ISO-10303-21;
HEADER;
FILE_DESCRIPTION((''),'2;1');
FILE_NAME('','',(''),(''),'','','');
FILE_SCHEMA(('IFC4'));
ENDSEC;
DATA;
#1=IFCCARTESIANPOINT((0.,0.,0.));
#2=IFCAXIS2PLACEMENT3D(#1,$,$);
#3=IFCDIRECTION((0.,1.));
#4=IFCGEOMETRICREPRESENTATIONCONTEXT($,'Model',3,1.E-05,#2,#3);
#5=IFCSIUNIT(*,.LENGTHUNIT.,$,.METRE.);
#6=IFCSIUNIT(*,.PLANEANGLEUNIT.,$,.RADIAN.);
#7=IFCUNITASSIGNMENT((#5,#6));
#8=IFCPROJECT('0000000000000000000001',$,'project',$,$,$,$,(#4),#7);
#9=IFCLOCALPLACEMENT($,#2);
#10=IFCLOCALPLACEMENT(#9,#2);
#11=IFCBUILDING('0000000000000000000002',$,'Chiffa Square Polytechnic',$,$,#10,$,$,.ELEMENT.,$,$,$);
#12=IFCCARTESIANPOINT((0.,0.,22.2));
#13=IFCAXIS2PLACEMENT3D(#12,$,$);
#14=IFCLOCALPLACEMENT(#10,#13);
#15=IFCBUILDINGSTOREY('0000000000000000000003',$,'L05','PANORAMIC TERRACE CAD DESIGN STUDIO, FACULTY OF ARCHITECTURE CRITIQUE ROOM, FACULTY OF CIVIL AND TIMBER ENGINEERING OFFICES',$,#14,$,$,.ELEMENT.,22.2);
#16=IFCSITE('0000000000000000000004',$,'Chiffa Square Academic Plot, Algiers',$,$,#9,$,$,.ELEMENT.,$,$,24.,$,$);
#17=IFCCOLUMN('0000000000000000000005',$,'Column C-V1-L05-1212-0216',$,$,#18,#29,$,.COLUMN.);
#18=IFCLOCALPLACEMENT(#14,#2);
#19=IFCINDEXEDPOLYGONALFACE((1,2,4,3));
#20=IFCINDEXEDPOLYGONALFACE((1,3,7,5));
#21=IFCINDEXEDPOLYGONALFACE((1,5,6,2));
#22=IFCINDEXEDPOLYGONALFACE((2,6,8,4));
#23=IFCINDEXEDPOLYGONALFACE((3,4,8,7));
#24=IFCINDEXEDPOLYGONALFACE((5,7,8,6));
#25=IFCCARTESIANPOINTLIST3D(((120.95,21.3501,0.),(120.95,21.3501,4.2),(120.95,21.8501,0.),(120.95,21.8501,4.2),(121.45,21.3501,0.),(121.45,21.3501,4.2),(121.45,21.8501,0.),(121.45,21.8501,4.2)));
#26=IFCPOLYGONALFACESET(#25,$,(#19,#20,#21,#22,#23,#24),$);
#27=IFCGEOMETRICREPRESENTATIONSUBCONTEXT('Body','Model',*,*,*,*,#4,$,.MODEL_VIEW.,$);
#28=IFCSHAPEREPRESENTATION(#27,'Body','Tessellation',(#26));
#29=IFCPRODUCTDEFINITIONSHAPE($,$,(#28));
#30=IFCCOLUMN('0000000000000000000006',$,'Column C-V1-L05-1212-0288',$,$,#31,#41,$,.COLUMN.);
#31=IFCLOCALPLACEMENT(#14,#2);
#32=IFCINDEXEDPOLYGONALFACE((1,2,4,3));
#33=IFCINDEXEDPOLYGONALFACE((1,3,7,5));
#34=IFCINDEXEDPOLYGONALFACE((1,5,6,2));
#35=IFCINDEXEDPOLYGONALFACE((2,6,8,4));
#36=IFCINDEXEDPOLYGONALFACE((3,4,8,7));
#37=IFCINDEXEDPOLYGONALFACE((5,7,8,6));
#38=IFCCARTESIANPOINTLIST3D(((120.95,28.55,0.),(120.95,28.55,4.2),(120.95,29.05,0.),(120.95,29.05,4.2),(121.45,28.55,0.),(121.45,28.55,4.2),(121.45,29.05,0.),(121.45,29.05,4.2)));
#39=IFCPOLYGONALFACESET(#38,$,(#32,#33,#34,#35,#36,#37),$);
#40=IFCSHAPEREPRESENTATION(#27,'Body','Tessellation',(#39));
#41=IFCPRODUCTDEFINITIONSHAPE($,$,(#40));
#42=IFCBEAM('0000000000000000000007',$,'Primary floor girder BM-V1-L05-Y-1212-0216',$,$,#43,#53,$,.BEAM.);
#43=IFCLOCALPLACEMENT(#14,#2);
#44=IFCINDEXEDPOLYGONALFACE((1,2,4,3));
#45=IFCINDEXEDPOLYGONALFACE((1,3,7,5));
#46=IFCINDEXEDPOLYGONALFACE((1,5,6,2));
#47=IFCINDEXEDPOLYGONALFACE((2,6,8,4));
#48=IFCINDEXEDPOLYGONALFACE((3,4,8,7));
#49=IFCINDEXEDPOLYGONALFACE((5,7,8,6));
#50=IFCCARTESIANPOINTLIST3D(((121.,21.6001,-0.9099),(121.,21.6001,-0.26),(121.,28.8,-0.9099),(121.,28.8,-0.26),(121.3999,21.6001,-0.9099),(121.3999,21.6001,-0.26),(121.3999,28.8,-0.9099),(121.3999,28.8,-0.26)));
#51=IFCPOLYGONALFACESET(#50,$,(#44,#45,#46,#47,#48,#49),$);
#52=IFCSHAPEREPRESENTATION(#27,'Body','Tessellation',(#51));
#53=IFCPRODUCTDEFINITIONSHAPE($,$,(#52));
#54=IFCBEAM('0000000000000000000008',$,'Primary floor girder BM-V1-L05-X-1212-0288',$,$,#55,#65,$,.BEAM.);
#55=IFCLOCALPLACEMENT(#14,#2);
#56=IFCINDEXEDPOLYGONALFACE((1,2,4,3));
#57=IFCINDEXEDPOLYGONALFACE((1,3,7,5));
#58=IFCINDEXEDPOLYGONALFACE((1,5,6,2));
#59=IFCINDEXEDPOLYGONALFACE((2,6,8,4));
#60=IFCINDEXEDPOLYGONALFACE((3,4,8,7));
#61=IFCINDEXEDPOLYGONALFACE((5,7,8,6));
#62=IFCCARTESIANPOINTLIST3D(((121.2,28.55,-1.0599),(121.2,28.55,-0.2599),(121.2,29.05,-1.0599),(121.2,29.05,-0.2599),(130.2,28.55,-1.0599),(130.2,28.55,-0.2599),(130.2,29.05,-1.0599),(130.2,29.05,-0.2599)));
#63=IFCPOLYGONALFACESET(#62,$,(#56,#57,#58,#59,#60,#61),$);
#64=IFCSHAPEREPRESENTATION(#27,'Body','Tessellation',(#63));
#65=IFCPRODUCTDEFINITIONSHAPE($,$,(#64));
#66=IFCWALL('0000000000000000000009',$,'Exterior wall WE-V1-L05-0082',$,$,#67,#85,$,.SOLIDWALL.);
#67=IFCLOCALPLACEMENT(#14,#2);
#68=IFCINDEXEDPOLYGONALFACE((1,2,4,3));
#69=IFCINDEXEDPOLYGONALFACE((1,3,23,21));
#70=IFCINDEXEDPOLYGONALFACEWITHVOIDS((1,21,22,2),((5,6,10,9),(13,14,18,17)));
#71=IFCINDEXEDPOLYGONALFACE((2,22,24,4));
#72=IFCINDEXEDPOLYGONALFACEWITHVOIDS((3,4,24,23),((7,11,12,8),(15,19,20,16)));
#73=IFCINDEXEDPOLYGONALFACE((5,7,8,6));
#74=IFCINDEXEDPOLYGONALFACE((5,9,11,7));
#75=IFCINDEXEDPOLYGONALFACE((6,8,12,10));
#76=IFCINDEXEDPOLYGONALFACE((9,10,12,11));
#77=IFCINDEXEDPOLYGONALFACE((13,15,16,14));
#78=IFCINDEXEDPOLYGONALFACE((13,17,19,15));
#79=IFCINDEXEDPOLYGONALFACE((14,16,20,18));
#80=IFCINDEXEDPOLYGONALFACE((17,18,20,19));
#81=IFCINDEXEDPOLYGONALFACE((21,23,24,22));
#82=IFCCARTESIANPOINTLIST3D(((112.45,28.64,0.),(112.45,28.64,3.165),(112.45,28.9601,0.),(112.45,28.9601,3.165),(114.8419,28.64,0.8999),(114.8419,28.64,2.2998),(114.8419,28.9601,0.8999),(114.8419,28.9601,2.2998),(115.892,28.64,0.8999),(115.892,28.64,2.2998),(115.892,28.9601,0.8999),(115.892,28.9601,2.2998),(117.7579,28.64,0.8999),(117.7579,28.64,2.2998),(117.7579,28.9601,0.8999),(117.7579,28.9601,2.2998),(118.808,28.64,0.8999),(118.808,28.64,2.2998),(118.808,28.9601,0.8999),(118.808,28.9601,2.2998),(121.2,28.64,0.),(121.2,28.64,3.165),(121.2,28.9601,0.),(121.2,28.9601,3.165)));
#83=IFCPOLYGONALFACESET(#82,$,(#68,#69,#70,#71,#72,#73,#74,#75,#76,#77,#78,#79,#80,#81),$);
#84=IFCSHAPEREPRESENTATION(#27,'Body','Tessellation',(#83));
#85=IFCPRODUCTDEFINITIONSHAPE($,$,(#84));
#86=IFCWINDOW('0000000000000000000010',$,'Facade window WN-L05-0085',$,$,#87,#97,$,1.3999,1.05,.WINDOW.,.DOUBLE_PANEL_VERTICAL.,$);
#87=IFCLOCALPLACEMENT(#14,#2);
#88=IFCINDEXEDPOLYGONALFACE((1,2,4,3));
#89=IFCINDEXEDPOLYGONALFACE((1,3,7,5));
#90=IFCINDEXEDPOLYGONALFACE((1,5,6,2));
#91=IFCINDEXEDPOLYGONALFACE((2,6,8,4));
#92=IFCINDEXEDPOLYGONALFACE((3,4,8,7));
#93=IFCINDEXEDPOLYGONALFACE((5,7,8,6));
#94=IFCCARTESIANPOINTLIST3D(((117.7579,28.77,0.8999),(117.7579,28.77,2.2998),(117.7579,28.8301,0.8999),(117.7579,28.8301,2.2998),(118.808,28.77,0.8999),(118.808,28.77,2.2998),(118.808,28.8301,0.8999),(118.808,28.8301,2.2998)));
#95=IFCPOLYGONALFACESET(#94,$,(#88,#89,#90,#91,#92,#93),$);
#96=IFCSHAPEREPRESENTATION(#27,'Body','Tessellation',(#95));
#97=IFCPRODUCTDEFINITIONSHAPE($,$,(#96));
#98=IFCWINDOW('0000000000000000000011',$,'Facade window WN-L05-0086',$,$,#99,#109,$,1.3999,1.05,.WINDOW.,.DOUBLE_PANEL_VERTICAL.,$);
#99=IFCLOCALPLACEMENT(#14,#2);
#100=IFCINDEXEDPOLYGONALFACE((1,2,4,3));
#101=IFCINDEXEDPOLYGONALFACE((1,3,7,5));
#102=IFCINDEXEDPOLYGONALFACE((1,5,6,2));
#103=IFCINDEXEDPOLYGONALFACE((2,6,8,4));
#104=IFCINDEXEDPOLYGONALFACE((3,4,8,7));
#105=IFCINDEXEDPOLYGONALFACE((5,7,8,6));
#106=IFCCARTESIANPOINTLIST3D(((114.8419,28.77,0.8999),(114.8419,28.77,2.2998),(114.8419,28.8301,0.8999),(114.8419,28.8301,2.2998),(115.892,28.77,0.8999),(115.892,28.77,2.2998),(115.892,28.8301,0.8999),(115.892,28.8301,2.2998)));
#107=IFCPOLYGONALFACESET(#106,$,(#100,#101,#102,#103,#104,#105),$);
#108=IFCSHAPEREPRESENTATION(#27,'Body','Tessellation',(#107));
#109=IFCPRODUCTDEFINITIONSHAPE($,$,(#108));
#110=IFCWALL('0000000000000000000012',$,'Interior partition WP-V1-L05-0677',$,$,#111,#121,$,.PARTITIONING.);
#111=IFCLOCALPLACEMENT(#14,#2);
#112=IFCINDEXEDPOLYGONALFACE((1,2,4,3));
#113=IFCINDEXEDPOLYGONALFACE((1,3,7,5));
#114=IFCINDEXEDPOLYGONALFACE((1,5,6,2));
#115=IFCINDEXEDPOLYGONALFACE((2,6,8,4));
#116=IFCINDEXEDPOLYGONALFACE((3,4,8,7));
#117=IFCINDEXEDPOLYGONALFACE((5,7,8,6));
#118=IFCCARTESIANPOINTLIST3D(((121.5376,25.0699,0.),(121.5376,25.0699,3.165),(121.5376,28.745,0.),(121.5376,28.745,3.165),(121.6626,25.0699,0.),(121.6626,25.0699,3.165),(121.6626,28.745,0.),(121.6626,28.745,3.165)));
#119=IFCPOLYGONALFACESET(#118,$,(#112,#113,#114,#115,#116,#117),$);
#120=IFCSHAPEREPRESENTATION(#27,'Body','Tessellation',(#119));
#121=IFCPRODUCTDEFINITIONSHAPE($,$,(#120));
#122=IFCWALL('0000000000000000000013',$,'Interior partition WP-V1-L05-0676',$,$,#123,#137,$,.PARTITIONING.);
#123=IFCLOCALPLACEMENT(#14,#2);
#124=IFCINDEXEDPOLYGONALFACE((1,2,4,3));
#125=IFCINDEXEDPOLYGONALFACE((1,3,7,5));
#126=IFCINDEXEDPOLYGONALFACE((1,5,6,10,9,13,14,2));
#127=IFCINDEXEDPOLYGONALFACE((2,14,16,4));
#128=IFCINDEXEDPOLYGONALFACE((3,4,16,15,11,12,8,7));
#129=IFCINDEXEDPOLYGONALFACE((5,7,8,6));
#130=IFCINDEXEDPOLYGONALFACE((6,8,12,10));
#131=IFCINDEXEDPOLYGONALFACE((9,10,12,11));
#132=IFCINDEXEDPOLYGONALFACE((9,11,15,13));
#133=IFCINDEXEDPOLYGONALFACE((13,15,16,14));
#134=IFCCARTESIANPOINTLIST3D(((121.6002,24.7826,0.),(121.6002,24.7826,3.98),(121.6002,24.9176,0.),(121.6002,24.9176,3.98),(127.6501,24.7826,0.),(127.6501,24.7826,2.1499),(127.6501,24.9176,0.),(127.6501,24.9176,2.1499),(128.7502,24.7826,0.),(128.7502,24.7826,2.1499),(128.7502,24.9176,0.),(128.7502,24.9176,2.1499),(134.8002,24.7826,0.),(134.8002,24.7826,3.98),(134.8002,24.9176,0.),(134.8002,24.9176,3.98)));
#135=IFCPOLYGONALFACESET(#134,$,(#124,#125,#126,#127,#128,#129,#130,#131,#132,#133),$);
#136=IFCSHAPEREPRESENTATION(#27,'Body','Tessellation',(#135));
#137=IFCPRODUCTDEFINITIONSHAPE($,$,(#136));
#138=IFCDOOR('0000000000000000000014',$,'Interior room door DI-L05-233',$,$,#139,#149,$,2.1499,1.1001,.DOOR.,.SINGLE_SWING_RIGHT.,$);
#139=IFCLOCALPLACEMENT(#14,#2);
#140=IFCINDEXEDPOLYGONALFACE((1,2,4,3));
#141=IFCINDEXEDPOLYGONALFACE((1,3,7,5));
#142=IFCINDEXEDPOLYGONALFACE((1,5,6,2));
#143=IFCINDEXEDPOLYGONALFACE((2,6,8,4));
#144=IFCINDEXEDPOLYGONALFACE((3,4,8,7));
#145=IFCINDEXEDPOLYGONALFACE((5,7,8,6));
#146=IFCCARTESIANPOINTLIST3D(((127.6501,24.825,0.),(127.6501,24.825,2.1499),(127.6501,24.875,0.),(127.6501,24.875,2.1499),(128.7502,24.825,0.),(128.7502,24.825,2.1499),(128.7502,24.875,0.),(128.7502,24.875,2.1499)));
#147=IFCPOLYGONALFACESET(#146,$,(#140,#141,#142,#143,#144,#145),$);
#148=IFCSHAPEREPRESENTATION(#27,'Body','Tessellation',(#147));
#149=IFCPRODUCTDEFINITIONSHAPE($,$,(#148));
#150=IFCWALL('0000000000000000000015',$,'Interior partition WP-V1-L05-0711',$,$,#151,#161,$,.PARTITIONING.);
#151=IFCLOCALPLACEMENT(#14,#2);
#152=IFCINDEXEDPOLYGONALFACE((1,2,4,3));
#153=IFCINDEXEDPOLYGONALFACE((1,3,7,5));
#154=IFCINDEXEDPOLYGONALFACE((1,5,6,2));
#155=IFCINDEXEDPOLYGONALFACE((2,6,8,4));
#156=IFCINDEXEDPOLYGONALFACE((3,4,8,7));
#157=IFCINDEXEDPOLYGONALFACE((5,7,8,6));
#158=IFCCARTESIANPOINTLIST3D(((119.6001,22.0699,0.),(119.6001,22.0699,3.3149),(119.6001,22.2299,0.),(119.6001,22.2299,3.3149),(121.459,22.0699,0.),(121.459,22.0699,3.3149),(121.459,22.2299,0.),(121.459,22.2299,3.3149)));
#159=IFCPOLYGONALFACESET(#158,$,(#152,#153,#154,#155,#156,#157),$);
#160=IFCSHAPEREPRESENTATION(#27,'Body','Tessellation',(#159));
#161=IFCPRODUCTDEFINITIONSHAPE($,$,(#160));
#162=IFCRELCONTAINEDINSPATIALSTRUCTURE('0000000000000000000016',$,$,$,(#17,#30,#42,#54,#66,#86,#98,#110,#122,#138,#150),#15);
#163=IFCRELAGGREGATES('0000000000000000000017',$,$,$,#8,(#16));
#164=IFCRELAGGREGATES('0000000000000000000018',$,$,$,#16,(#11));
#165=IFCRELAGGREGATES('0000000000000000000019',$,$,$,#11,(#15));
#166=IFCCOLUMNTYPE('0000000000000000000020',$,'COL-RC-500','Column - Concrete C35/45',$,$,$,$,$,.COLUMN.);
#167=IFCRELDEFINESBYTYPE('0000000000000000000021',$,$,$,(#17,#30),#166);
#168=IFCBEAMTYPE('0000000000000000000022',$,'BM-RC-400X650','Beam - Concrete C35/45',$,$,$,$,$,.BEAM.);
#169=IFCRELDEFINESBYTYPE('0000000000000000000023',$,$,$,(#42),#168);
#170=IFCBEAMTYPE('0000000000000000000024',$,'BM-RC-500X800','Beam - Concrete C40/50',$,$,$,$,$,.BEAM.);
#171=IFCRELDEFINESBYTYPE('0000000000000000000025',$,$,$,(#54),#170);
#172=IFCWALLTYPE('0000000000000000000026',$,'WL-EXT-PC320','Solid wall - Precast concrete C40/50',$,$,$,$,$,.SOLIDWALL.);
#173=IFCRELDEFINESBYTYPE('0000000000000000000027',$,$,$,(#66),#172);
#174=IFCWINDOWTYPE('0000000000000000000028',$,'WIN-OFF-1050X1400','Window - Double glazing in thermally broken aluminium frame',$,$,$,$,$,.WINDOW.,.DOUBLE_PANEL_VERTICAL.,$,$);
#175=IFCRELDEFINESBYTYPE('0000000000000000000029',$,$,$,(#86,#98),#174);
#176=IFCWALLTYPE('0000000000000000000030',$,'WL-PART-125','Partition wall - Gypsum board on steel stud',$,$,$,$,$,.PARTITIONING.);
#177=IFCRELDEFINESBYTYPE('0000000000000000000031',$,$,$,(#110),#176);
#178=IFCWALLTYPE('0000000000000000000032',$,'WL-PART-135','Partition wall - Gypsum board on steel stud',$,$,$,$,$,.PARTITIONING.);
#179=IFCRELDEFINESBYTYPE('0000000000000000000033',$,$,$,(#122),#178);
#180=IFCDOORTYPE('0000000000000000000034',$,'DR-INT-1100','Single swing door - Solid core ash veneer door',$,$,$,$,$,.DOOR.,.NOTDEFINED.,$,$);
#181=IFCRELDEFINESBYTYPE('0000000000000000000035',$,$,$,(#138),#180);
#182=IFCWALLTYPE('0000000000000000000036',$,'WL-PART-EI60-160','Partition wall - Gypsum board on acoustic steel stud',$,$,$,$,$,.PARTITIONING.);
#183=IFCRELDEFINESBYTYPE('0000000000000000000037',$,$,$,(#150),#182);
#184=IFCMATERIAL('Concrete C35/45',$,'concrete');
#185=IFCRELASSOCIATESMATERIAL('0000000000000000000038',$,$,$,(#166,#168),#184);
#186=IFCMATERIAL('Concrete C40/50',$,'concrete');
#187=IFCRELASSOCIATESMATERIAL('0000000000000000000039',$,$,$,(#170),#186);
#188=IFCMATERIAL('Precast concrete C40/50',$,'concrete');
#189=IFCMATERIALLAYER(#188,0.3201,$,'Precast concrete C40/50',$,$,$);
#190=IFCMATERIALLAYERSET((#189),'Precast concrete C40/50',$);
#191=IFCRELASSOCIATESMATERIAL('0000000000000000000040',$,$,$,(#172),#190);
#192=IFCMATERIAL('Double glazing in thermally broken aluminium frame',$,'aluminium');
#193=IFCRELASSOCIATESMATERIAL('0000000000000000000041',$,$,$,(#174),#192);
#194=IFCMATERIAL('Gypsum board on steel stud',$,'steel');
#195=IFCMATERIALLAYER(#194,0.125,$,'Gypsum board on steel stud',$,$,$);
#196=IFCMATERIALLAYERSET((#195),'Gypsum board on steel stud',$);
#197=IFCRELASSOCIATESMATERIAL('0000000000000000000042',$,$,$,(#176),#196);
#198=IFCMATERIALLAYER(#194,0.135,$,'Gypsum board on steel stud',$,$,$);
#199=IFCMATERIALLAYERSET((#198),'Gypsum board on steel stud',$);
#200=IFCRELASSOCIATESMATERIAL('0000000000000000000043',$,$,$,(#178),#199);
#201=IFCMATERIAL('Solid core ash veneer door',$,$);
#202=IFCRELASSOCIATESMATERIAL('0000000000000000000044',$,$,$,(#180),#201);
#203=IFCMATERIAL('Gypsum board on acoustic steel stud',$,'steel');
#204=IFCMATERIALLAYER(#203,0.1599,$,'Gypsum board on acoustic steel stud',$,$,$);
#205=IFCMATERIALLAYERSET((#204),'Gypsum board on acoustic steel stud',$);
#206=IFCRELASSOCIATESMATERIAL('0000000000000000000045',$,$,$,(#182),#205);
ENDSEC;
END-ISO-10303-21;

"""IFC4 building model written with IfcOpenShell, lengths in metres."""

from ifc_helpers import new_model, si_unit, direction, frame, frame_2d, origin, origin_2d, place, context, subcontext, project, spatial, rectangle, extrude, material, layer, layer_set, material_profile, profile_set, type_object, element, fill, save


model = new_model("IFC4")

# Units and contexts
model_context = context("Model", 3, precision=1e-05, world=origin(), true_north=direction((0.0, 1.0)))
body_context = subcontext(model_context, "Body", "Model", "MODEL_VIEW")
ifc_project = project(units=[si_unit("LENGTHUNIT", "METRE"), si_unit("PLANEANGLEUNIT", "RADIAN")], contexts=[model_context])

# Site, building, storey
site_placement = place(None, origin())
site = spatial("IfcSite", under=ifc_project, at=site_placement, Name="Chiffa Square Academic Plot, Algiers", CompositionType="ELEMENT", RefElevation=24.0)
building_placement = place(site_placement, origin())
building = spatial("IfcBuilding", under=site, at=building_placement, Name="Chiffa Square Polytechnic", CompositionType="ELEMENT")
storey_placement = place(building_placement, frame((0.0, 0.0, 22.2)))
storey = spatial("IfcBuildingStorey", under=building, at=storey_placement, Name="L05", Description="PANORAMIC TERRACE CAD DESIGN STUDIO, FACULTY OF ARCHITECTURE CRITIQUE ROOM, FACULTY OF CIVIL AND TIMBER ENGINEERING OFFICES", CompositionType="ELEMENT", Elevation=22.2)

# Columns
ifc_material_1 = material(Name="Concrete C35/45", Category="concrete")
ifc_material_profile_1 = material_profile(ifc_material_1, rectangle(XDim=0.5, YDim=0.5, at=origin_2d()), Name="RC 500x500")
ifc_profile_set_1 = profile_set([ifc_material_profile_1], Name="Concrete C35/45")
column_type = type_object("IfcColumnType", Name="COL-RC-500", Description="Column - Concrete C35/45", PredefinedType="COLUMN", material=ifc_profile_set_1)
for number, where, z_axis, x_axis, name in (
    (1, (121.2, 21.6001, 0.0), (0.0, 0.0, 1.0), (1.0, 0.0, 0.0), "Column C-V1-L05-1212-0216"),
    (2, (121.2, 28.8, 0.0), (0.0, 0.0, 1.0), (1.0, 0.0, 0.0), "Column C-V1-L05-1212-0288"),
):
    element("IfcColumn", number, at=place(storey_placement, frame(where, z_axis=z_axis, x_axis=x_axis)), inside=storey, type_object=column_type, Name=name, PredefinedType="COLUMN", context=body_context, shape_type="SweptSolid", body=[
        extrude(rectangle(XDim=0.5, YDim=0.5, at=origin_2d()), origin(), (0.0, 0.0, 1.0), 4.2),
    ])

# Beams
ifc_material_profile_2 = material_profile(ifc_material_1, rectangle(XDim=0.3999, YDim=0.6499, at=origin_2d()), Name="RC 400x650")
ifc_profile_set_2 = profile_set([ifc_material_profile_2], Name="Concrete C35/45")
beam_type_1 = type_object("IfcBeamType", Name="BM-RC-400X650", Description="Beam - Concrete C35/45", PredefinedType="BEAM", material=ifc_profile_set_2)
beam_1_placement = place(storey_placement, frame((121.2, 21.6001, -0.585), z_axis=(0.0, 1.0, 0.0), x_axis=(-1.0, 0.0, 0.0)))
element("IfcBeam", 3, at=beam_1_placement, inside=storey, type_object=beam_type_1, Name="Primary floor girder BM-V1-L05-Y-1212-0216", PredefinedType="BEAM", context=body_context, shape_type="SweptSolid", body=[
    extrude(rectangle(XDim=0.3999, YDim=0.6499, at=origin_2d()), origin(), (0.0, 0.0, 1.0), 7.2),
])
ifc_material_2 = material(Name="Concrete C40/50", Category="concrete")
ifc_material_profile_3 = material_profile(ifc_material_2, rectangle(XDim=0.5, YDim=0.8, at=origin_2d()), Name="RC 500x800")
ifc_profile_set_3 = profile_set([ifc_material_profile_3], Name="Concrete C40/50")
beam_type_2 = type_object("IfcBeamType", Name="BM-RC-500X800", Description="Beam - Concrete C40/50", PredefinedType="BEAM", material=ifc_profile_set_3)
beam_2_placement = place(storey_placement, frame((121.2, 28.8, -0.6599), z_axis=(1.0, 0.0, 0.0), x_axis=(0.0, 1.0, 0.0)))
element("IfcBeam", 4, at=beam_2_placement, inside=storey, type_object=beam_type_2, Name="Primary floor girder BM-V1-L05-X-1212-0288", PredefinedType="BEAM", context=body_context, shape_type="SweptSolid", body=[
    extrude(rectangle(XDim=0.5, YDim=0.8, at=origin_2d()), origin(), (0.0, 0.0, 1.0), 9.0),
])

# Wall, openings, windows
ifc_material_3 = material(Name="Precast concrete C40/50", Category="concrete")
ifc_layer_1 = layer(ifc_material_3, 0.3201, Name="Precast concrete C40/50")
ifc_layer_set_1 = layer_set([ifc_layer_1], Name="Precast concrete C40/50")
wall_type_1 = type_object("IfcWallType", Name="WL-EXT-PC320", Description="Solid wall - Precast concrete C40/50", PredefinedType="SOLIDWALL", material=ifc_layer_set_1)
wall_1_placement = place(storey_placement, frame((121.2, 28.8, 0.0), z_axis=(0.0, 0.0, 1.0), x_axis=(-1.0, 0.0, 0.0)))
wall_1 = element("IfcWall", 5, at=wall_1_placement, inside=storey, type_object=wall_type_1, Name="Exterior wall WE-V1-L05-0082", PredefinedType="SOLIDWALL", context=body_context, shape_type="SweptSolid", body=[
    extrude(rectangle(XDim=8.75, YDim=0.3201, at=frame_2d((4.375, 0.0))), origin(), (0.0, 0.0, 1.0), 3.165),
])
opening_1_placement = place(wall_1_placement, frame((2.3921, 0.0, 0.8999)))
opening_1 = element("IfcOpeningElement", 6, at=opening_1_placement, cuts=wall_1, PredefinedType="OPENING", context=body_context, shape_type="SweptSolid", body=[
    extrude(rectangle(XDim=1.05, YDim=1.3999, at=frame_2d((0.5249, 0.7))), frame((0.0, 0.1699, 0.0), z_axis=(0.0, -1.0, 0.0), x_axis=(1.0, 0.0, 0.0)), (0.0, 0.0, 1.0), 0.3401),
])
opening_2_placement = place(wall_1_placement, frame((5.3081, 0.0, 0.8999)))
opening_2 = element("IfcOpeningElement", 7, at=opening_2_placement, cuts=wall_1, PredefinedType="OPENING", context=body_context, shape_type="SweptSolid", body=[
    extrude(rectangle(XDim=1.05, YDim=1.3999, at=frame_2d((0.5249, 0.7))), frame((0.0, 0.1699, 0.0), z_axis=(0.0, -1.0, 0.0), x_axis=(1.0, 0.0, 0.0)), (0.0, 0.0, 1.0), 0.3401),
])
ifc_material_4 = material(Name="Double glazing in thermally broken aluminium frame", Category="aluminium")
window_type = type_object("IfcWindowType", Name="WIN-OFF-1050X1400", Description="Window - Double glazing in thermally broken aluminium frame", PartitioningType="DOUBLE_PANEL_VERTICAL", PredefinedType="WINDOW", material=ifc_material_4)
window_1_placement = place(opening_1_placement, origin())
window_1 = element("IfcWindow", 8, at=window_1_placement, inside=storey, type_object=window_type, Name="Facade window WN-L05-0085", OverallHeight=1.3999, OverallWidth=1.05, PartitioningType="DOUBLE_PANEL_VERTICAL", PredefinedType="WINDOW", context=body_context, shape_type="SweptSolid", body=[
    extrude(rectangle(XDim=1.05, YDim=1.3999, at=frame_2d((0.5249, 0.7))), frame((0.0, 0.03, 0.0), z_axis=(0.0, -1.0, 0.0), x_axis=(1.0, 0.0, 0.0)), (0.0, 0.0, 1.0), 0.0601),
])
fill(opening_1, window_1)
window_2_placement = place(opening_2_placement, origin())
window_2 = element("IfcWindow", 9, at=window_2_placement, inside=storey, type_object=window_type, Name="Facade window WN-L05-0086", OverallHeight=1.3999, OverallWidth=1.05, PartitioningType="DOUBLE_PANEL_VERTICAL", PredefinedType="WINDOW", context=body_context, shape_type="SweptSolid", body=[
    extrude(rectangle(XDim=1.05, YDim=1.3999, at=frame_2d((0.5249, 0.7))), frame((0.0, 0.03, 0.0), z_axis=(0.0, -1.0, 0.0), x_axis=(1.0, 0.0, 0.0)), (0.0, 0.0, 1.0), 0.0601),
])
fill(opening_2, window_2)

# Wall
ifc_material_5 = material(Name="Gypsum board on steel stud", Category="steel")
ifc_layer_2 = layer(ifc_material_5, 0.125, Name="Gypsum board on steel stud")
ifc_layer_set_2 = layer_set([ifc_layer_2], Name="Gypsum board on steel stud")
wall_type_2 = type_object("IfcWallType", Name="WL-PART-125", Description="Partition wall - Gypsum board on steel stud", PredefinedType="PARTITIONING", material=ifc_layer_set_2)
wall_2_placement = place(storey_placement, frame((121.6001, 25.0701, 0.0), z_axis=(0.0, 0.0, 1.0), x_axis=(0.0, 1.0, 0.0)))
element("IfcWall", 10, at=wall_2_placement, inside=storey, type_object=wall_type_2, Name="Interior partition WP-V1-L05-0677", PredefinedType="PARTITIONING", context=body_context, shape_type="SweptSolid", body=[
    extrude(rectangle(XDim=3.675, YDim=0.125, at=frame_2d((1.8374, 0.0))), origin(), (0.0, 0.0, 1.0), 3.165),
])

# Wall, opening, door
ifc_layer_3 = layer(ifc_material_5, 0.135, Name="Gypsum board on steel stud")
ifc_layer_set_3 = layer_set([ifc_layer_3], Name="Gypsum board on steel stud")
wall_type_3 = type_object("IfcWallType", Name="WL-PART-135", Description="Partition wall - Gypsum board on steel stud", PredefinedType="PARTITIONING", material=ifc_layer_set_3)
wall_3_placement = place(storey_placement, frame((121.6001, 24.8501, 0.0), z_axis=(0.0, 0.0, 1.0), x_axis=(1.0, 0.0, 0.0)))
wall_3 = element("IfcWall", 11, at=wall_3_placement, inside=storey, type_object=wall_type_3, Name="Interior partition WP-V1-L05-0676", PredefinedType="PARTITIONING", context=body_context, shape_type="SweptSolid", body=[
    extrude(rectangle(XDim=13.2, YDim=0.135, at=frame_2d((6.6001, 0.0))), origin(), (0.0, 0.0, 1.0), 3.98),
])
opening_3_placement = place(wall_3_placement, frame((6.05, 0.0, 0.0)))
opening_3 = element("IfcOpeningElement", 12, at=opening_3_placement, cuts=wall_3, PredefinedType="OPENING", context=body_context, shape_type="SweptSolid", body=[
    extrude(rectangle(XDim=1.1001, YDim=2.1499, at=frame_2d((0.55, 1.075))), frame((0.0, 0.0776, 0.0), z_axis=(0.0, -1.0, 0.0), x_axis=(1.0, 0.0, 0.0)), (0.0, 0.0, 1.0), 0.155),
])
ifc_material_6 = material(Name="Solid core ash veneer door")
door_type_1 = type_object("IfcDoorType", Name="DR-INT-1100", Description="Single swing door - Solid core ash veneer door", OperationType="NOTDEFINED", PredefinedType="DOOR", material=ifc_material_6)
door_1_placement = place(opening_3_placement, origin())
door_1 = element("IfcDoor", 13, at=door_1_placement, inside=storey, type_object=door_type_1, Name="Interior room door DI-L05-233", OperationType="SINGLE_SWING_RIGHT", OverallHeight=2.1499, OverallWidth=1.1001, PredefinedType="DOOR", context=body_context, shape_type="SweptSolid", body=[
    extrude(rectangle(XDim=1.1001, YDim=2.1499, at=frame_2d((0.55, 1.075))), frame((0.0, 0.0249, 0.0), z_axis=(0.0, -1.0, 0.0), x_axis=(1.0, 0.0, 0.0)), (0.0, 0.0, 1.0), 0.05),
])
fill(opening_3, door_1)

# Wall
ifc_material_7 = material(Name="Gypsum board on acoustic steel stud", Category="steel")
ifc_layer_4 = layer(ifc_material_7, 0.1599, Name="Gypsum board on acoustic steel stud")
ifc_layer_set_4 = layer_set([ifc_layer_4], Name="Gypsum board on acoustic steel stud")
wall_type_4 = type_object("IfcWallType", Name="WL-PART-EI60-160", Description="Partition wall - Gypsum board on acoustic steel stud", PredefinedType="PARTITIONING", material=ifc_layer_set_4)
wall_4_placement = place(storey_placement, frame((119.6001, 22.1499, 0.0), z_axis=(0.0, 0.0, 1.0), x_axis=(1.0, 0.0, 0.0)))
element("IfcWall", 14, at=wall_4_placement, inside=storey, type_object=wall_type_4, Name="Interior partition WP-V1-L05-0711", PredefinedType="PARTITIONING", context=body_context, shape_type="SweptSolid", body=[
    extrude(rectangle(XDim=1.8589, YDim=0.1599, at=frame_2d((0.9294, 0.0))), origin(), (0.0, 0.0, 1.0), 3.3149),
])

save(model, "model.ifc")
